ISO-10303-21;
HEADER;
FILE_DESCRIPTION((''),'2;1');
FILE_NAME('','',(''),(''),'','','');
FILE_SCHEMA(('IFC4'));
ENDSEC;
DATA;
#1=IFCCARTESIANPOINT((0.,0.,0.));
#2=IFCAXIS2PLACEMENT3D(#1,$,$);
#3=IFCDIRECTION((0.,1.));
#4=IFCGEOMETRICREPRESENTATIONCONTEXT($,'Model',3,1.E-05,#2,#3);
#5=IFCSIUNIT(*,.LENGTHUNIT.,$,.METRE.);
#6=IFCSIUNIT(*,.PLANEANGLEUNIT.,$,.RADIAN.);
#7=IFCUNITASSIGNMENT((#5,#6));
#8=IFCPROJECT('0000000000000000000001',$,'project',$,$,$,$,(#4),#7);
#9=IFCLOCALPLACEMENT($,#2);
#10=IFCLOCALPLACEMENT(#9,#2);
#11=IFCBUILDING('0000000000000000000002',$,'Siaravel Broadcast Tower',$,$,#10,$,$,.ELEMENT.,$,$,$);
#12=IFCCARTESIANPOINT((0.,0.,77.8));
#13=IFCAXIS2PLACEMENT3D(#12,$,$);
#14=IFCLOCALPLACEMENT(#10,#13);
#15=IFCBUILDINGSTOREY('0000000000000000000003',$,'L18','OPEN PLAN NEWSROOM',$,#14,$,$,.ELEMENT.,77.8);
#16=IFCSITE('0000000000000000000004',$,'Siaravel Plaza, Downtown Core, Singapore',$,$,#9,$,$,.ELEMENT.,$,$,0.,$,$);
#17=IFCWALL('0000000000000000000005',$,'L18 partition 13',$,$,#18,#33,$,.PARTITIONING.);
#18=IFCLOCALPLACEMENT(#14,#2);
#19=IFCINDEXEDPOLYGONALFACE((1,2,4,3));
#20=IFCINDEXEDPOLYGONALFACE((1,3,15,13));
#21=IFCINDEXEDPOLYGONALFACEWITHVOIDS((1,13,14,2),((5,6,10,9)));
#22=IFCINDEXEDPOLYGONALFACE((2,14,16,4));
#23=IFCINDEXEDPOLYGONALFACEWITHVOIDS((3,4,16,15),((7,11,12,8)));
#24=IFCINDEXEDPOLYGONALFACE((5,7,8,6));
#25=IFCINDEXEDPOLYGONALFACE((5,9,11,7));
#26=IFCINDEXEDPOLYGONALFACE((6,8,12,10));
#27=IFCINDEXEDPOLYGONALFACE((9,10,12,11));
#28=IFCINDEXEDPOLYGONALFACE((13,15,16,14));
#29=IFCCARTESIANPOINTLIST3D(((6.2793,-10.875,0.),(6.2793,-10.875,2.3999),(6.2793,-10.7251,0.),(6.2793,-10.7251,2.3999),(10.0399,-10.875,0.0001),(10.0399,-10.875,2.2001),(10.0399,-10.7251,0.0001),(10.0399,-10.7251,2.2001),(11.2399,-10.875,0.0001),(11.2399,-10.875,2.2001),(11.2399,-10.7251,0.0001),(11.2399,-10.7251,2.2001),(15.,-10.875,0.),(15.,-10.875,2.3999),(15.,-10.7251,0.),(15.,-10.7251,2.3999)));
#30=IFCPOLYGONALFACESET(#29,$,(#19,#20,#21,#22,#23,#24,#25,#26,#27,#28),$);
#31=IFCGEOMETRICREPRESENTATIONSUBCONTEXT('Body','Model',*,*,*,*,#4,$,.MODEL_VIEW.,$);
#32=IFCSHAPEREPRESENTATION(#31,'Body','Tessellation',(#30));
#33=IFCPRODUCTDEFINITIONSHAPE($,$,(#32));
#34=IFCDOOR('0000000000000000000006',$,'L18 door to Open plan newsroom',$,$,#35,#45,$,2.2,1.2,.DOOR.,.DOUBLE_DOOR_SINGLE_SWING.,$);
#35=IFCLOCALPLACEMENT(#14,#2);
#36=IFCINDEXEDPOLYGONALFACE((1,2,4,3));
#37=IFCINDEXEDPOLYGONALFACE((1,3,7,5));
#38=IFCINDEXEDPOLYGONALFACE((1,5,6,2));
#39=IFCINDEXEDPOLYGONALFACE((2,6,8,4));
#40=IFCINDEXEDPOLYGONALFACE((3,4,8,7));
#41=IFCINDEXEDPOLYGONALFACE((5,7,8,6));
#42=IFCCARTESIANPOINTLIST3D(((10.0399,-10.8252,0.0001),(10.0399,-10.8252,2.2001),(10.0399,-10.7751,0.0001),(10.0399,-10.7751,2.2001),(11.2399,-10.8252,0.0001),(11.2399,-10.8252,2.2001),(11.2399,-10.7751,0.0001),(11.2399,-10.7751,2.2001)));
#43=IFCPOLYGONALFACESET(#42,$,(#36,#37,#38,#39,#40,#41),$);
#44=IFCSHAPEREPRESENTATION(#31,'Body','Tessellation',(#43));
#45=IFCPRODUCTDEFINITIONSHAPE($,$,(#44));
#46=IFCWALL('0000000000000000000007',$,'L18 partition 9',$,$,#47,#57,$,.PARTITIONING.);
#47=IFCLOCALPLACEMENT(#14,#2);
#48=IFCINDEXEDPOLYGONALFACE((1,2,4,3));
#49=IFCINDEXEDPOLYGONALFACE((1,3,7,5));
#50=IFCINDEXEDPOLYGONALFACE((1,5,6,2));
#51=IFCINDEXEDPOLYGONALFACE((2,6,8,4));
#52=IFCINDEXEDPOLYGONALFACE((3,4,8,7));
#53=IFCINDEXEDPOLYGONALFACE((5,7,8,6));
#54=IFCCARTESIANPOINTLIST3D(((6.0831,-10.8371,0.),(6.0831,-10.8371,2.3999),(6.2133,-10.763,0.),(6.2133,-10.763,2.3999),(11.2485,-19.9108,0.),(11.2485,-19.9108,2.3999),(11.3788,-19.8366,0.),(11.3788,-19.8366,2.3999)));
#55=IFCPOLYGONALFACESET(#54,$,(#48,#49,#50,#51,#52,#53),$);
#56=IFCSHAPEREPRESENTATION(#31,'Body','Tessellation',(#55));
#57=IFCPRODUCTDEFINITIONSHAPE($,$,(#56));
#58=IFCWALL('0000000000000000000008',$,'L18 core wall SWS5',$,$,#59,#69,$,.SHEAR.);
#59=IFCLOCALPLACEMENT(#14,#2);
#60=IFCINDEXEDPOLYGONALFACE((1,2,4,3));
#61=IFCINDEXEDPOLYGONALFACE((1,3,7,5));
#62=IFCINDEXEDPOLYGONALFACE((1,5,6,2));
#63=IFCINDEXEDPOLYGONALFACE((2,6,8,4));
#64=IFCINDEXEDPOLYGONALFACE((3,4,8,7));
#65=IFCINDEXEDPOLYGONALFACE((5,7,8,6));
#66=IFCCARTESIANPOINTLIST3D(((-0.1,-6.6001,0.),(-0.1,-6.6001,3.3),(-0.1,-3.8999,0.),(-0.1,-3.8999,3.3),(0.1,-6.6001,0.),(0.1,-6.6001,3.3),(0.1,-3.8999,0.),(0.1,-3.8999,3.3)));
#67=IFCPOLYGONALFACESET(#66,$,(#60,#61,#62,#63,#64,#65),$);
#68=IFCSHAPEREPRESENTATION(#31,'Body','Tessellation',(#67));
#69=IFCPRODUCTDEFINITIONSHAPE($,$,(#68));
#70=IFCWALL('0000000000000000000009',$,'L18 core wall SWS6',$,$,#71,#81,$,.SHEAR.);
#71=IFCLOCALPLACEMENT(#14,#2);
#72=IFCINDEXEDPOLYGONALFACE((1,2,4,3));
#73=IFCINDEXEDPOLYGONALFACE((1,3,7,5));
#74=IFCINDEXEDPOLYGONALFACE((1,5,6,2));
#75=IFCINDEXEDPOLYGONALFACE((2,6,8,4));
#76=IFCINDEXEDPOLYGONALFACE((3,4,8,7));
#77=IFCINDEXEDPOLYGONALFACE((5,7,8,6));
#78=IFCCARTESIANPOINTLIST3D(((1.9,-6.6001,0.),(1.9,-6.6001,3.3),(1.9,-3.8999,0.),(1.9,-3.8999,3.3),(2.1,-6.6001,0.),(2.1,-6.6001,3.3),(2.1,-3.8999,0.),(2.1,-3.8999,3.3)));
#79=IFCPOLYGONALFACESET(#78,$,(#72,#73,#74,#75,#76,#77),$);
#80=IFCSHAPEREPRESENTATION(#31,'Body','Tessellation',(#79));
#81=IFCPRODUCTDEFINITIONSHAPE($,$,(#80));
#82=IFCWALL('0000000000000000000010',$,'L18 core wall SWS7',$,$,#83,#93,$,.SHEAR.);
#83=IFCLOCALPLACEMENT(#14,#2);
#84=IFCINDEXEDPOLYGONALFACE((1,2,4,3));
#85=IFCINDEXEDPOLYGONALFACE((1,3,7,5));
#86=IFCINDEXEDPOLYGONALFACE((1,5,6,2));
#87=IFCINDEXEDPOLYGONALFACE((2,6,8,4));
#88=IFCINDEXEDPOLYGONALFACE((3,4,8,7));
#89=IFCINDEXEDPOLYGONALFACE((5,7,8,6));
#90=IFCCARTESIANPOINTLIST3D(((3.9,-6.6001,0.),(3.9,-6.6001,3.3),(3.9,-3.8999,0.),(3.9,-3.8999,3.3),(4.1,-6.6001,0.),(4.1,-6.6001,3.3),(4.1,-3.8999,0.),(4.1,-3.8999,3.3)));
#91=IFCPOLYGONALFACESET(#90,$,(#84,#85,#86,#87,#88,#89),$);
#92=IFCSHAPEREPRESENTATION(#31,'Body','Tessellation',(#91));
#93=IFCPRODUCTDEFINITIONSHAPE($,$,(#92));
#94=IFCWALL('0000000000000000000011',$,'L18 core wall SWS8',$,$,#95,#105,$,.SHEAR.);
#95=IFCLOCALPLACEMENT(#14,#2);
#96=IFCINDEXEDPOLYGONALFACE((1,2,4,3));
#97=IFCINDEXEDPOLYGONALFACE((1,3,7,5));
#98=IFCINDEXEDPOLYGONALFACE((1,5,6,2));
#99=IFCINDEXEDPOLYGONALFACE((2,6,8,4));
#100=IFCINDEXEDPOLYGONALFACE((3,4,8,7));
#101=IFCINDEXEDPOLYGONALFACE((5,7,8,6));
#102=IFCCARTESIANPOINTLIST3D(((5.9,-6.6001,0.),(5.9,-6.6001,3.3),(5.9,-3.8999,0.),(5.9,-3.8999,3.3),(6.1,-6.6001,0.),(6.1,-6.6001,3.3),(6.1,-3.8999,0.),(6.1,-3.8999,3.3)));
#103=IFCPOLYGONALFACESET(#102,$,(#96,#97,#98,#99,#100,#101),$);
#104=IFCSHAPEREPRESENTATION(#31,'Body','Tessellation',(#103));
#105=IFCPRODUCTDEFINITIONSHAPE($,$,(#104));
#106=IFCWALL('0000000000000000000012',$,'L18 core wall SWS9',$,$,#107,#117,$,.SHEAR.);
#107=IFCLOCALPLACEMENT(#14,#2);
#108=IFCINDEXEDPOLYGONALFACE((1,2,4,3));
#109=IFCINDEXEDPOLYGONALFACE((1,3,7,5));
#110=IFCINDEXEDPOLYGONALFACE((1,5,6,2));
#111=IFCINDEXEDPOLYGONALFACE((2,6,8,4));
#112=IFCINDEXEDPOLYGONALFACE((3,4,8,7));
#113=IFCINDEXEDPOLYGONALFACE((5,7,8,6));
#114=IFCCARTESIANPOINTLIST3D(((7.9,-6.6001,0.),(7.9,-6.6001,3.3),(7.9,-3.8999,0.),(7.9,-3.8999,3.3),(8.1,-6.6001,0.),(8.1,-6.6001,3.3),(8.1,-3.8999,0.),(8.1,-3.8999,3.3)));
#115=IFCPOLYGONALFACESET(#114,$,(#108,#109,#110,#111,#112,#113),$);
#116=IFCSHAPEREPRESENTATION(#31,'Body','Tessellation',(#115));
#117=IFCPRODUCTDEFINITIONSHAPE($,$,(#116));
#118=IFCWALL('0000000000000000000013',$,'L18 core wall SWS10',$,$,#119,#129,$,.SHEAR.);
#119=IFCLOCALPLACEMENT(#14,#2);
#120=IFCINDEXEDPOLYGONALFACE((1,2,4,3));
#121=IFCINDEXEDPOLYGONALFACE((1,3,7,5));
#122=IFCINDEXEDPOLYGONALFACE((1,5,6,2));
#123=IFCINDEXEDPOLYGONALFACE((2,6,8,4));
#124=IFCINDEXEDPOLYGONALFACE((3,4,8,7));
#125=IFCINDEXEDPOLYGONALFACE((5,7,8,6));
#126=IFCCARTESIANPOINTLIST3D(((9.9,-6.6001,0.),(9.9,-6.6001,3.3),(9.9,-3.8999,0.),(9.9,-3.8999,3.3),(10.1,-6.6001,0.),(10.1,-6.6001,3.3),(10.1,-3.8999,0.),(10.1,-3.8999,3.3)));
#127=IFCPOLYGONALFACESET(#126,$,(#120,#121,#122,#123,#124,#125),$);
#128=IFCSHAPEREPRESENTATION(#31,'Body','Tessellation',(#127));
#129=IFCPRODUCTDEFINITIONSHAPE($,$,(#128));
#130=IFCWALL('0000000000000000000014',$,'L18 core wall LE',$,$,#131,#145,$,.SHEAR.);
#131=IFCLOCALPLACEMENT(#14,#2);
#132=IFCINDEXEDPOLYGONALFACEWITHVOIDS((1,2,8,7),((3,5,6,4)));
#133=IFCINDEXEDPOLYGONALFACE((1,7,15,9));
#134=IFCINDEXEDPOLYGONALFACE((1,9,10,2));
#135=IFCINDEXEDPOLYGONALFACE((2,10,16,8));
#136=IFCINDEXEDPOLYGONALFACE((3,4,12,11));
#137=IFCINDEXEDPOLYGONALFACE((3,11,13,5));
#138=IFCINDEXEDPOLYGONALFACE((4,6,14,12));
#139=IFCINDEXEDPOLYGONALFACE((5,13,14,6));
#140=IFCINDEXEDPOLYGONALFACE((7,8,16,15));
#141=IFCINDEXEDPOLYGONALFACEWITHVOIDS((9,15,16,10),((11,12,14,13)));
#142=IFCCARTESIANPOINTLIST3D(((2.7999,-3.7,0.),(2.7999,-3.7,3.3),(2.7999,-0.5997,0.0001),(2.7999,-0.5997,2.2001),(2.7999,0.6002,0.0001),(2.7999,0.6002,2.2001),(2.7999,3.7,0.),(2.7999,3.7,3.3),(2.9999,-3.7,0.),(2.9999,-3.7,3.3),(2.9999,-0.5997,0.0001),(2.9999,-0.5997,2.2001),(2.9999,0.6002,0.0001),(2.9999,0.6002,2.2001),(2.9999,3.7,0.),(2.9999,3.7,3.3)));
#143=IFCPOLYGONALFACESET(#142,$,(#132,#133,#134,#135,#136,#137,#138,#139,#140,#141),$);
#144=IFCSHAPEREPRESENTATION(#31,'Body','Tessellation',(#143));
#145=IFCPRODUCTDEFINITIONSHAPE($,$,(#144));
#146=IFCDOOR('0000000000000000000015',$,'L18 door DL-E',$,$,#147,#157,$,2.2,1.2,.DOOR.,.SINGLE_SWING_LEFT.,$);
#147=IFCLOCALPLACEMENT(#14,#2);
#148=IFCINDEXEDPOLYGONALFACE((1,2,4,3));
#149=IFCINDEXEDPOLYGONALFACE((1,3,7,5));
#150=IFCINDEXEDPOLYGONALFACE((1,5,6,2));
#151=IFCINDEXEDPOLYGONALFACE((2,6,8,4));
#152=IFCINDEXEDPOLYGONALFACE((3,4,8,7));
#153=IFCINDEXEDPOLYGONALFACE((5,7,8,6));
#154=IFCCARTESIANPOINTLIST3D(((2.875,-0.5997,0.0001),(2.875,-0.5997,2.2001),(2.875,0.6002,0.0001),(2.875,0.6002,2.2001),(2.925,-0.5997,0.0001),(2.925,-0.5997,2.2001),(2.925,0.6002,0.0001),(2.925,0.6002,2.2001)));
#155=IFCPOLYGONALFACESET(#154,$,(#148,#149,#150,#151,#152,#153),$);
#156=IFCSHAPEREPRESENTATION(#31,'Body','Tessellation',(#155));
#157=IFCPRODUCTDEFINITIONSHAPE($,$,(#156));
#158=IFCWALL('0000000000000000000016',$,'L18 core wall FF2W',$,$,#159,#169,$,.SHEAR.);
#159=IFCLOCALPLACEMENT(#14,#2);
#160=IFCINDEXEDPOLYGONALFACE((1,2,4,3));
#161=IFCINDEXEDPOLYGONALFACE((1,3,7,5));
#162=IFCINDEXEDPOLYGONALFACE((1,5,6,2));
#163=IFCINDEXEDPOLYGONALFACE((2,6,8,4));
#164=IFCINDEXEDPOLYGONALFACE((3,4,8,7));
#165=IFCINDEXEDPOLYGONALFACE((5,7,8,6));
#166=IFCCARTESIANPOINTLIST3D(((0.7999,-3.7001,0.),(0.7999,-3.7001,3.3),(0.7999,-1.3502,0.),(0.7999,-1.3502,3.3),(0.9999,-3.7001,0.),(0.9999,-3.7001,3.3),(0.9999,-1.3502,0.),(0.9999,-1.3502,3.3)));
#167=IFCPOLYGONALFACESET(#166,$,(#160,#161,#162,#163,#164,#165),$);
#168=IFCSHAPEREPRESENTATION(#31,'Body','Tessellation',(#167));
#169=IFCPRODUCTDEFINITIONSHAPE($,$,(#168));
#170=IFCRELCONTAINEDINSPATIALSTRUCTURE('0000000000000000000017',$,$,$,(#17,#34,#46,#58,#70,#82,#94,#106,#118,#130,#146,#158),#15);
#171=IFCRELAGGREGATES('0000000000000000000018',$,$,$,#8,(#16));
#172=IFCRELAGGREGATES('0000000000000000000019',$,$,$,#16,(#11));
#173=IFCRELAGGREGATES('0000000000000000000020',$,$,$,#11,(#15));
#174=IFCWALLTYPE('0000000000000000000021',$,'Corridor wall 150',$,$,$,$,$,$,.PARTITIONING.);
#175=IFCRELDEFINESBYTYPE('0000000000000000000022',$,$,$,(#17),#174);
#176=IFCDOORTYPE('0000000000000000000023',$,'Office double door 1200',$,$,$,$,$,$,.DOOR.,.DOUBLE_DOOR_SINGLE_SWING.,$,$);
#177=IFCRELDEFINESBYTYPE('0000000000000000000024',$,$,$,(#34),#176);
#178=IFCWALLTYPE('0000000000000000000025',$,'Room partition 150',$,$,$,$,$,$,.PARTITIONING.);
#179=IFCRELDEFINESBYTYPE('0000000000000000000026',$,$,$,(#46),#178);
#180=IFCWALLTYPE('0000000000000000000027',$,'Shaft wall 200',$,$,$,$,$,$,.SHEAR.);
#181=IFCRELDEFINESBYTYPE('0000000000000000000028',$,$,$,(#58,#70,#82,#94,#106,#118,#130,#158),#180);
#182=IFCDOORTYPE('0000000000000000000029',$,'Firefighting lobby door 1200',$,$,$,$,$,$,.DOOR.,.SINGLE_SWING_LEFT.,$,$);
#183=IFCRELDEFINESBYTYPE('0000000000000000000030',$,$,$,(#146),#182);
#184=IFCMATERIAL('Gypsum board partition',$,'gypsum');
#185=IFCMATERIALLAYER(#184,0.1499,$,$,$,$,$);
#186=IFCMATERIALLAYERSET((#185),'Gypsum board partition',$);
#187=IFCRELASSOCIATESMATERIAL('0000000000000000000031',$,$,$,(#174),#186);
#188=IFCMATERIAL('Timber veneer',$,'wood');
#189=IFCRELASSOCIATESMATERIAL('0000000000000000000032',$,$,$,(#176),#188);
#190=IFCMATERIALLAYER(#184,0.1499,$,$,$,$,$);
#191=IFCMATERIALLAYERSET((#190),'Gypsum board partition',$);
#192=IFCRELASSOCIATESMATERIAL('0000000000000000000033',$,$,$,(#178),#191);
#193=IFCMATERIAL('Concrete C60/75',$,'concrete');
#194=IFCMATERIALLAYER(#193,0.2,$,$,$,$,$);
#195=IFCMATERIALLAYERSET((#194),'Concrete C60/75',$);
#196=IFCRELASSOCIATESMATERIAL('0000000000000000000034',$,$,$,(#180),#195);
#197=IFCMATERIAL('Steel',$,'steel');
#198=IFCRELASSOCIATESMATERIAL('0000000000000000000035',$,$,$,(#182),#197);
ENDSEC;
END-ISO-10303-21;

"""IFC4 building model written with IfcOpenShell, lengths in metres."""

from ifc_helpers import new_model, si_unit, direction, frame, frame_2d, origin, place, context, subcontext, project, spatial, rectangle, extrude, material, layer, layer_set, type_object, element, fill, save


model = new_model("IFC4")

# Units and contexts
model_context = context("Model", 3, precision=1e-05, world=origin(), true_north=direction((0.0, 1.0)))
body_context = subcontext(model_context, "Body", "Model", "MODEL_VIEW")
ifc_project = project(units=[si_unit("LENGTHUNIT", "METRE"), si_unit("PLANEANGLEUNIT", "RADIAN")], contexts=[model_context])

# Site, building, storey
site_placement = place(None, origin())
site = spatial("IfcSite", under=ifc_project, at=site_placement, Name="Siaravel Plaza, Downtown Core, Singapore", CompositionType="ELEMENT", RefElevation=0.0)
building_placement = place(site_placement, origin())
building = spatial("IfcBuilding", under=site, at=building_placement, Name="Siaravel Broadcast Tower", CompositionType="ELEMENT")
storey_placement = place(building_placement, frame((0.0, 0.0, 77.8)))
storey = spatial("IfcBuildingStorey", under=building, at=storey_placement, Name="L18", Description="OPEN PLAN NEWSROOM", CompositionType="ELEMENT", Elevation=77.8)

# Shared definitions
ifc_material_1 = material(Name="Concrete C60/75", Category="concrete")
ifc_material_2 = material(Name="Steel", Category="steel")

# Shared definitions
ifc_material_3 = material(Name="Gypsum board partition", Category="gypsum")
ifc_layer_1 = layer(ifc_material_3, 0.1499)
ifc_layer_set_1 = layer_set([ifc_layer_1], Name="Gypsum board partition")
wall_type_1 = type_object("IfcWallType", Name="Corridor wall 150", PredefinedType="PARTITIONING", material=ifc_layer_set_1)
ifc_material_4 = material(Name="Timber veneer", Category="wood")

# Wall, opening, door
wall_1_placement = place(storey_placement, frame((6.2793, -10.8, 0.0), z_axis=(0.0, 0.0, 1.0), x_axis=(1.0, 0.0, 0.0)))
wall_1 = element("IfcWall", 1, at=wall_1_placement, inside=storey, type_object=wall_type_1, Name="L18 partition 13", PredefinedType="PARTITIONING", context=body_context, shape_type="SweptSolid", body=[
    extrude(rectangle(XDim=8.7207, YDim=0.1499, at=frame_2d((4.3604, 0.0))), origin(), (0.0, 0.0, 1.0), 2.3999),
])
opening_1_placement = place(wall_1_placement, frame((3.7605, 0.0, 0.0)))
opening_1 = element("IfcOpeningElement", 2, at=opening_1_placement, cuts=wall_1, PredefinedType="OPENING", context=body_context, shape_type="SweptSolid", body=[
    extrude(rectangle(XDim=1.2, YDim=2.2, at=frame_2d((0.6001, 1.1001))), frame((0.0, 0.085, 0.0), z_axis=(0.0, -1.0, 0.0), x_axis=(1.0, 0.0, 0.0)), (0.0, 0.0, 1.0), 0.1699),
])
door_type_1 = type_object("IfcDoorType", Name="Office double door 1200", OperationType="DOUBLE_DOOR_SINGLE_SWING", PredefinedType="DOOR", material=ifc_material_4)
door_1_placement = place(opening_1_placement, origin())
door_1 = element("IfcDoor", 3, at=door_1_placement, inside=storey, type_object=door_type_1, Name="L18 door to Open plan newsroom", OperationType="DOUBLE_DOOR_SINGLE_SWING", OverallHeight=2.2, OverallWidth=1.2, PredefinedType="DOOR", context=body_context, shape_type="SweptSolid", body=[
    extrude(rectangle(XDim=1.2, YDim=2.2, at=frame_2d((0.6001, 1.1001))), frame((0.0, 0.0249, 0.0), z_axis=(0.0, -1.0, 0.0), x_axis=(1.0, 0.0, 0.0)), (0.0, 0.0, 1.0), 0.05),
])
fill(opening_1, door_1)

# Walls
ifc_layer_2 = layer(ifc_material_3, 0.1499)
ifc_layer_set_2 = layer_set([ifc_layer_2], Name="Gypsum board partition")
wall_type_2 = type_object("IfcWallType", Name="Room partition 150", PredefinedType="PARTITIONING", material=ifc_layer_set_2)
wall_2_placement = place(storey_placement, frame((6.1482, -10.8, 0.0), z_axis=(0.0, 0.0, 1.0), x_axis=(0.494733, -0.869045, 0.0)))
element("IfcWall", 4, at=wall_2_placement, inside=storey, type_object=wall_type_2, Name="L18 partition 9", PredefinedType="PARTITIONING", context=body_context, shape_type="SweptSolid", body=[
    extrude(rectangle(XDim=10.4409, YDim=0.1499, at=frame_2d((5.2205, 0.0))), origin(), (0.0, 0.0, 1.0), 2.3999),
])
ifc_layer_3 = layer(ifc_material_1, 0.2)
ifc_layer_set_3 = layer_set([ifc_layer_3], Name="Concrete C60/75")
wall_type_3 = type_object("IfcWallType", Name="Shaft wall 200", PredefinedType="SHEAR", material=ifc_layer_set_3)
for number, where, z_axis, x_axis, name in (
    (5, (0.0, -6.6001, 0.0), (0.0, 0.0, 1.0), (0.0, 1.0, 0.0), "L18 core wall SWS5"),
    (6, (2.0, -6.6001, 0.0), (0.0, 0.0, 1.0), (0.0, 1.0, 0.0), "L18 core wall SWS6"),
    (7, (4.0, -6.6001, 0.0), (0.0, 0.0, 1.0), (0.0, 1.0, 0.0), "L18 core wall SWS7"),
    (8, (6.0, -6.6001, 0.0), (0.0, 0.0, 1.0), (0.0, 1.0, 0.0), "L18 core wall SWS8"),
    (9, (8.0, -6.6001, 0.0), (0.0, 0.0, 1.0), (0.0, 1.0, 0.0), "L18 core wall SWS9"),
    (10, (10.0, -6.6001, 0.0), (0.0, 0.0, 1.0), (0.0, 1.0, 0.0), "L18 core wall SWS10"),
):
    element("IfcWall", number, at=place(storey_placement, frame(where, z_axis=z_axis, x_axis=x_axis)), inside=storey, type_object=wall_type_3, Name=name, PredefinedType="SHEAR", context=body_context, shape_type="SweptSolid", body=[
        extrude(rectangle(XDim=2.7002, YDim=0.2, at=frame_2d((1.3501, 0.0))), origin(), (0.0, 0.0, 1.0), 3.3),
    ])

# Wall, opening, door
wall_3_placement = place(storey_placement, frame((2.8999, -3.7, 0.0), z_axis=(0.0, 0.0, 1.0), x_axis=(0.0, 1.0, 0.0)))
wall_3 = element("IfcWall", 11, at=wall_3_placement, inside=storey, type_object=wall_type_3, Name="L18 core wall LE", PredefinedType="SHEAR", context=body_context, shape_type="SweptSolid", body=[
    extrude(rectangle(XDim=7.3999, YDim=0.2, at=frame_2d((3.7, 0.0))), origin(), (0.0, 0.0, 1.0), 3.3),
])
opening_2_placement = place(wall_3_placement, frame((3.1001, 0.0, 0.0)))
opening_2 = element("IfcOpeningElement", 12, at=opening_2_placement, cuts=wall_3, PredefinedType="OPENING", context=body_context, shape_type="SweptSolid", body=[
    extrude(rectangle(XDim=1.2, YDim=2.2, at=frame_2d((0.6001, 1.1001))), frame((0.0, 0.1099, 0.0), z_axis=(0.0, -1.0, 0.0), x_axis=(1.0, 0.0, 0.0)), (0.0, 0.0, 1.0), 0.22),
])
door_type_2 = type_object("IfcDoorType", Name="Firefighting lobby door 1200", OperationType="SINGLE_SWING_LEFT", PredefinedType="DOOR", material=ifc_material_2)
door_2_placement = place(opening_2_placement, origin())
door_2 = element("IfcDoor", 13, at=door_2_placement, inside=storey, type_object=door_type_2, Name="L18 door DL-E", OperationType="SINGLE_SWING_LEFT", OverallHeight=2.2, OverallWidth=1.2, PredefinedType="DOOR", context=body_context, shape_type="SweptSolid", body=[
    extrude(rectangle(XDim=1.2, YDim=2.2, at=frame_2d((0.6001, 1.1001))), frame((0.0, 0.0249, 0.0), z_axis=(0.0, -1.0, 0.0), x_axis=(1.0, 0.0, 0.0)), (0.0, 0.0, 1.0), 0.05),
])
fill(opening_2, door_2)

# Wall
wall_4_placement = place(storey_placement, frame((0.8999, -3.7, 0.0), z_axis=(0.0, 0.0, 1.0), x_axis=(0.0, 1.0, 0.0)))
element("IfcWall", 14, at=wall_4_placement, inside=storey, type_object=wall_type_3, Name="L18 core wall FF2W", PredefinedType="SHEAR", context=body_context, shape_type="SweptSolid", body=[
    extrude(rectangle(XDim=2.3499, YDim=0.2, at=frame_2d((1.1748, 0.0))), origin(), (0.0, 0.0, 1.0), 3.3),
])

save(model, "model.ifc")
